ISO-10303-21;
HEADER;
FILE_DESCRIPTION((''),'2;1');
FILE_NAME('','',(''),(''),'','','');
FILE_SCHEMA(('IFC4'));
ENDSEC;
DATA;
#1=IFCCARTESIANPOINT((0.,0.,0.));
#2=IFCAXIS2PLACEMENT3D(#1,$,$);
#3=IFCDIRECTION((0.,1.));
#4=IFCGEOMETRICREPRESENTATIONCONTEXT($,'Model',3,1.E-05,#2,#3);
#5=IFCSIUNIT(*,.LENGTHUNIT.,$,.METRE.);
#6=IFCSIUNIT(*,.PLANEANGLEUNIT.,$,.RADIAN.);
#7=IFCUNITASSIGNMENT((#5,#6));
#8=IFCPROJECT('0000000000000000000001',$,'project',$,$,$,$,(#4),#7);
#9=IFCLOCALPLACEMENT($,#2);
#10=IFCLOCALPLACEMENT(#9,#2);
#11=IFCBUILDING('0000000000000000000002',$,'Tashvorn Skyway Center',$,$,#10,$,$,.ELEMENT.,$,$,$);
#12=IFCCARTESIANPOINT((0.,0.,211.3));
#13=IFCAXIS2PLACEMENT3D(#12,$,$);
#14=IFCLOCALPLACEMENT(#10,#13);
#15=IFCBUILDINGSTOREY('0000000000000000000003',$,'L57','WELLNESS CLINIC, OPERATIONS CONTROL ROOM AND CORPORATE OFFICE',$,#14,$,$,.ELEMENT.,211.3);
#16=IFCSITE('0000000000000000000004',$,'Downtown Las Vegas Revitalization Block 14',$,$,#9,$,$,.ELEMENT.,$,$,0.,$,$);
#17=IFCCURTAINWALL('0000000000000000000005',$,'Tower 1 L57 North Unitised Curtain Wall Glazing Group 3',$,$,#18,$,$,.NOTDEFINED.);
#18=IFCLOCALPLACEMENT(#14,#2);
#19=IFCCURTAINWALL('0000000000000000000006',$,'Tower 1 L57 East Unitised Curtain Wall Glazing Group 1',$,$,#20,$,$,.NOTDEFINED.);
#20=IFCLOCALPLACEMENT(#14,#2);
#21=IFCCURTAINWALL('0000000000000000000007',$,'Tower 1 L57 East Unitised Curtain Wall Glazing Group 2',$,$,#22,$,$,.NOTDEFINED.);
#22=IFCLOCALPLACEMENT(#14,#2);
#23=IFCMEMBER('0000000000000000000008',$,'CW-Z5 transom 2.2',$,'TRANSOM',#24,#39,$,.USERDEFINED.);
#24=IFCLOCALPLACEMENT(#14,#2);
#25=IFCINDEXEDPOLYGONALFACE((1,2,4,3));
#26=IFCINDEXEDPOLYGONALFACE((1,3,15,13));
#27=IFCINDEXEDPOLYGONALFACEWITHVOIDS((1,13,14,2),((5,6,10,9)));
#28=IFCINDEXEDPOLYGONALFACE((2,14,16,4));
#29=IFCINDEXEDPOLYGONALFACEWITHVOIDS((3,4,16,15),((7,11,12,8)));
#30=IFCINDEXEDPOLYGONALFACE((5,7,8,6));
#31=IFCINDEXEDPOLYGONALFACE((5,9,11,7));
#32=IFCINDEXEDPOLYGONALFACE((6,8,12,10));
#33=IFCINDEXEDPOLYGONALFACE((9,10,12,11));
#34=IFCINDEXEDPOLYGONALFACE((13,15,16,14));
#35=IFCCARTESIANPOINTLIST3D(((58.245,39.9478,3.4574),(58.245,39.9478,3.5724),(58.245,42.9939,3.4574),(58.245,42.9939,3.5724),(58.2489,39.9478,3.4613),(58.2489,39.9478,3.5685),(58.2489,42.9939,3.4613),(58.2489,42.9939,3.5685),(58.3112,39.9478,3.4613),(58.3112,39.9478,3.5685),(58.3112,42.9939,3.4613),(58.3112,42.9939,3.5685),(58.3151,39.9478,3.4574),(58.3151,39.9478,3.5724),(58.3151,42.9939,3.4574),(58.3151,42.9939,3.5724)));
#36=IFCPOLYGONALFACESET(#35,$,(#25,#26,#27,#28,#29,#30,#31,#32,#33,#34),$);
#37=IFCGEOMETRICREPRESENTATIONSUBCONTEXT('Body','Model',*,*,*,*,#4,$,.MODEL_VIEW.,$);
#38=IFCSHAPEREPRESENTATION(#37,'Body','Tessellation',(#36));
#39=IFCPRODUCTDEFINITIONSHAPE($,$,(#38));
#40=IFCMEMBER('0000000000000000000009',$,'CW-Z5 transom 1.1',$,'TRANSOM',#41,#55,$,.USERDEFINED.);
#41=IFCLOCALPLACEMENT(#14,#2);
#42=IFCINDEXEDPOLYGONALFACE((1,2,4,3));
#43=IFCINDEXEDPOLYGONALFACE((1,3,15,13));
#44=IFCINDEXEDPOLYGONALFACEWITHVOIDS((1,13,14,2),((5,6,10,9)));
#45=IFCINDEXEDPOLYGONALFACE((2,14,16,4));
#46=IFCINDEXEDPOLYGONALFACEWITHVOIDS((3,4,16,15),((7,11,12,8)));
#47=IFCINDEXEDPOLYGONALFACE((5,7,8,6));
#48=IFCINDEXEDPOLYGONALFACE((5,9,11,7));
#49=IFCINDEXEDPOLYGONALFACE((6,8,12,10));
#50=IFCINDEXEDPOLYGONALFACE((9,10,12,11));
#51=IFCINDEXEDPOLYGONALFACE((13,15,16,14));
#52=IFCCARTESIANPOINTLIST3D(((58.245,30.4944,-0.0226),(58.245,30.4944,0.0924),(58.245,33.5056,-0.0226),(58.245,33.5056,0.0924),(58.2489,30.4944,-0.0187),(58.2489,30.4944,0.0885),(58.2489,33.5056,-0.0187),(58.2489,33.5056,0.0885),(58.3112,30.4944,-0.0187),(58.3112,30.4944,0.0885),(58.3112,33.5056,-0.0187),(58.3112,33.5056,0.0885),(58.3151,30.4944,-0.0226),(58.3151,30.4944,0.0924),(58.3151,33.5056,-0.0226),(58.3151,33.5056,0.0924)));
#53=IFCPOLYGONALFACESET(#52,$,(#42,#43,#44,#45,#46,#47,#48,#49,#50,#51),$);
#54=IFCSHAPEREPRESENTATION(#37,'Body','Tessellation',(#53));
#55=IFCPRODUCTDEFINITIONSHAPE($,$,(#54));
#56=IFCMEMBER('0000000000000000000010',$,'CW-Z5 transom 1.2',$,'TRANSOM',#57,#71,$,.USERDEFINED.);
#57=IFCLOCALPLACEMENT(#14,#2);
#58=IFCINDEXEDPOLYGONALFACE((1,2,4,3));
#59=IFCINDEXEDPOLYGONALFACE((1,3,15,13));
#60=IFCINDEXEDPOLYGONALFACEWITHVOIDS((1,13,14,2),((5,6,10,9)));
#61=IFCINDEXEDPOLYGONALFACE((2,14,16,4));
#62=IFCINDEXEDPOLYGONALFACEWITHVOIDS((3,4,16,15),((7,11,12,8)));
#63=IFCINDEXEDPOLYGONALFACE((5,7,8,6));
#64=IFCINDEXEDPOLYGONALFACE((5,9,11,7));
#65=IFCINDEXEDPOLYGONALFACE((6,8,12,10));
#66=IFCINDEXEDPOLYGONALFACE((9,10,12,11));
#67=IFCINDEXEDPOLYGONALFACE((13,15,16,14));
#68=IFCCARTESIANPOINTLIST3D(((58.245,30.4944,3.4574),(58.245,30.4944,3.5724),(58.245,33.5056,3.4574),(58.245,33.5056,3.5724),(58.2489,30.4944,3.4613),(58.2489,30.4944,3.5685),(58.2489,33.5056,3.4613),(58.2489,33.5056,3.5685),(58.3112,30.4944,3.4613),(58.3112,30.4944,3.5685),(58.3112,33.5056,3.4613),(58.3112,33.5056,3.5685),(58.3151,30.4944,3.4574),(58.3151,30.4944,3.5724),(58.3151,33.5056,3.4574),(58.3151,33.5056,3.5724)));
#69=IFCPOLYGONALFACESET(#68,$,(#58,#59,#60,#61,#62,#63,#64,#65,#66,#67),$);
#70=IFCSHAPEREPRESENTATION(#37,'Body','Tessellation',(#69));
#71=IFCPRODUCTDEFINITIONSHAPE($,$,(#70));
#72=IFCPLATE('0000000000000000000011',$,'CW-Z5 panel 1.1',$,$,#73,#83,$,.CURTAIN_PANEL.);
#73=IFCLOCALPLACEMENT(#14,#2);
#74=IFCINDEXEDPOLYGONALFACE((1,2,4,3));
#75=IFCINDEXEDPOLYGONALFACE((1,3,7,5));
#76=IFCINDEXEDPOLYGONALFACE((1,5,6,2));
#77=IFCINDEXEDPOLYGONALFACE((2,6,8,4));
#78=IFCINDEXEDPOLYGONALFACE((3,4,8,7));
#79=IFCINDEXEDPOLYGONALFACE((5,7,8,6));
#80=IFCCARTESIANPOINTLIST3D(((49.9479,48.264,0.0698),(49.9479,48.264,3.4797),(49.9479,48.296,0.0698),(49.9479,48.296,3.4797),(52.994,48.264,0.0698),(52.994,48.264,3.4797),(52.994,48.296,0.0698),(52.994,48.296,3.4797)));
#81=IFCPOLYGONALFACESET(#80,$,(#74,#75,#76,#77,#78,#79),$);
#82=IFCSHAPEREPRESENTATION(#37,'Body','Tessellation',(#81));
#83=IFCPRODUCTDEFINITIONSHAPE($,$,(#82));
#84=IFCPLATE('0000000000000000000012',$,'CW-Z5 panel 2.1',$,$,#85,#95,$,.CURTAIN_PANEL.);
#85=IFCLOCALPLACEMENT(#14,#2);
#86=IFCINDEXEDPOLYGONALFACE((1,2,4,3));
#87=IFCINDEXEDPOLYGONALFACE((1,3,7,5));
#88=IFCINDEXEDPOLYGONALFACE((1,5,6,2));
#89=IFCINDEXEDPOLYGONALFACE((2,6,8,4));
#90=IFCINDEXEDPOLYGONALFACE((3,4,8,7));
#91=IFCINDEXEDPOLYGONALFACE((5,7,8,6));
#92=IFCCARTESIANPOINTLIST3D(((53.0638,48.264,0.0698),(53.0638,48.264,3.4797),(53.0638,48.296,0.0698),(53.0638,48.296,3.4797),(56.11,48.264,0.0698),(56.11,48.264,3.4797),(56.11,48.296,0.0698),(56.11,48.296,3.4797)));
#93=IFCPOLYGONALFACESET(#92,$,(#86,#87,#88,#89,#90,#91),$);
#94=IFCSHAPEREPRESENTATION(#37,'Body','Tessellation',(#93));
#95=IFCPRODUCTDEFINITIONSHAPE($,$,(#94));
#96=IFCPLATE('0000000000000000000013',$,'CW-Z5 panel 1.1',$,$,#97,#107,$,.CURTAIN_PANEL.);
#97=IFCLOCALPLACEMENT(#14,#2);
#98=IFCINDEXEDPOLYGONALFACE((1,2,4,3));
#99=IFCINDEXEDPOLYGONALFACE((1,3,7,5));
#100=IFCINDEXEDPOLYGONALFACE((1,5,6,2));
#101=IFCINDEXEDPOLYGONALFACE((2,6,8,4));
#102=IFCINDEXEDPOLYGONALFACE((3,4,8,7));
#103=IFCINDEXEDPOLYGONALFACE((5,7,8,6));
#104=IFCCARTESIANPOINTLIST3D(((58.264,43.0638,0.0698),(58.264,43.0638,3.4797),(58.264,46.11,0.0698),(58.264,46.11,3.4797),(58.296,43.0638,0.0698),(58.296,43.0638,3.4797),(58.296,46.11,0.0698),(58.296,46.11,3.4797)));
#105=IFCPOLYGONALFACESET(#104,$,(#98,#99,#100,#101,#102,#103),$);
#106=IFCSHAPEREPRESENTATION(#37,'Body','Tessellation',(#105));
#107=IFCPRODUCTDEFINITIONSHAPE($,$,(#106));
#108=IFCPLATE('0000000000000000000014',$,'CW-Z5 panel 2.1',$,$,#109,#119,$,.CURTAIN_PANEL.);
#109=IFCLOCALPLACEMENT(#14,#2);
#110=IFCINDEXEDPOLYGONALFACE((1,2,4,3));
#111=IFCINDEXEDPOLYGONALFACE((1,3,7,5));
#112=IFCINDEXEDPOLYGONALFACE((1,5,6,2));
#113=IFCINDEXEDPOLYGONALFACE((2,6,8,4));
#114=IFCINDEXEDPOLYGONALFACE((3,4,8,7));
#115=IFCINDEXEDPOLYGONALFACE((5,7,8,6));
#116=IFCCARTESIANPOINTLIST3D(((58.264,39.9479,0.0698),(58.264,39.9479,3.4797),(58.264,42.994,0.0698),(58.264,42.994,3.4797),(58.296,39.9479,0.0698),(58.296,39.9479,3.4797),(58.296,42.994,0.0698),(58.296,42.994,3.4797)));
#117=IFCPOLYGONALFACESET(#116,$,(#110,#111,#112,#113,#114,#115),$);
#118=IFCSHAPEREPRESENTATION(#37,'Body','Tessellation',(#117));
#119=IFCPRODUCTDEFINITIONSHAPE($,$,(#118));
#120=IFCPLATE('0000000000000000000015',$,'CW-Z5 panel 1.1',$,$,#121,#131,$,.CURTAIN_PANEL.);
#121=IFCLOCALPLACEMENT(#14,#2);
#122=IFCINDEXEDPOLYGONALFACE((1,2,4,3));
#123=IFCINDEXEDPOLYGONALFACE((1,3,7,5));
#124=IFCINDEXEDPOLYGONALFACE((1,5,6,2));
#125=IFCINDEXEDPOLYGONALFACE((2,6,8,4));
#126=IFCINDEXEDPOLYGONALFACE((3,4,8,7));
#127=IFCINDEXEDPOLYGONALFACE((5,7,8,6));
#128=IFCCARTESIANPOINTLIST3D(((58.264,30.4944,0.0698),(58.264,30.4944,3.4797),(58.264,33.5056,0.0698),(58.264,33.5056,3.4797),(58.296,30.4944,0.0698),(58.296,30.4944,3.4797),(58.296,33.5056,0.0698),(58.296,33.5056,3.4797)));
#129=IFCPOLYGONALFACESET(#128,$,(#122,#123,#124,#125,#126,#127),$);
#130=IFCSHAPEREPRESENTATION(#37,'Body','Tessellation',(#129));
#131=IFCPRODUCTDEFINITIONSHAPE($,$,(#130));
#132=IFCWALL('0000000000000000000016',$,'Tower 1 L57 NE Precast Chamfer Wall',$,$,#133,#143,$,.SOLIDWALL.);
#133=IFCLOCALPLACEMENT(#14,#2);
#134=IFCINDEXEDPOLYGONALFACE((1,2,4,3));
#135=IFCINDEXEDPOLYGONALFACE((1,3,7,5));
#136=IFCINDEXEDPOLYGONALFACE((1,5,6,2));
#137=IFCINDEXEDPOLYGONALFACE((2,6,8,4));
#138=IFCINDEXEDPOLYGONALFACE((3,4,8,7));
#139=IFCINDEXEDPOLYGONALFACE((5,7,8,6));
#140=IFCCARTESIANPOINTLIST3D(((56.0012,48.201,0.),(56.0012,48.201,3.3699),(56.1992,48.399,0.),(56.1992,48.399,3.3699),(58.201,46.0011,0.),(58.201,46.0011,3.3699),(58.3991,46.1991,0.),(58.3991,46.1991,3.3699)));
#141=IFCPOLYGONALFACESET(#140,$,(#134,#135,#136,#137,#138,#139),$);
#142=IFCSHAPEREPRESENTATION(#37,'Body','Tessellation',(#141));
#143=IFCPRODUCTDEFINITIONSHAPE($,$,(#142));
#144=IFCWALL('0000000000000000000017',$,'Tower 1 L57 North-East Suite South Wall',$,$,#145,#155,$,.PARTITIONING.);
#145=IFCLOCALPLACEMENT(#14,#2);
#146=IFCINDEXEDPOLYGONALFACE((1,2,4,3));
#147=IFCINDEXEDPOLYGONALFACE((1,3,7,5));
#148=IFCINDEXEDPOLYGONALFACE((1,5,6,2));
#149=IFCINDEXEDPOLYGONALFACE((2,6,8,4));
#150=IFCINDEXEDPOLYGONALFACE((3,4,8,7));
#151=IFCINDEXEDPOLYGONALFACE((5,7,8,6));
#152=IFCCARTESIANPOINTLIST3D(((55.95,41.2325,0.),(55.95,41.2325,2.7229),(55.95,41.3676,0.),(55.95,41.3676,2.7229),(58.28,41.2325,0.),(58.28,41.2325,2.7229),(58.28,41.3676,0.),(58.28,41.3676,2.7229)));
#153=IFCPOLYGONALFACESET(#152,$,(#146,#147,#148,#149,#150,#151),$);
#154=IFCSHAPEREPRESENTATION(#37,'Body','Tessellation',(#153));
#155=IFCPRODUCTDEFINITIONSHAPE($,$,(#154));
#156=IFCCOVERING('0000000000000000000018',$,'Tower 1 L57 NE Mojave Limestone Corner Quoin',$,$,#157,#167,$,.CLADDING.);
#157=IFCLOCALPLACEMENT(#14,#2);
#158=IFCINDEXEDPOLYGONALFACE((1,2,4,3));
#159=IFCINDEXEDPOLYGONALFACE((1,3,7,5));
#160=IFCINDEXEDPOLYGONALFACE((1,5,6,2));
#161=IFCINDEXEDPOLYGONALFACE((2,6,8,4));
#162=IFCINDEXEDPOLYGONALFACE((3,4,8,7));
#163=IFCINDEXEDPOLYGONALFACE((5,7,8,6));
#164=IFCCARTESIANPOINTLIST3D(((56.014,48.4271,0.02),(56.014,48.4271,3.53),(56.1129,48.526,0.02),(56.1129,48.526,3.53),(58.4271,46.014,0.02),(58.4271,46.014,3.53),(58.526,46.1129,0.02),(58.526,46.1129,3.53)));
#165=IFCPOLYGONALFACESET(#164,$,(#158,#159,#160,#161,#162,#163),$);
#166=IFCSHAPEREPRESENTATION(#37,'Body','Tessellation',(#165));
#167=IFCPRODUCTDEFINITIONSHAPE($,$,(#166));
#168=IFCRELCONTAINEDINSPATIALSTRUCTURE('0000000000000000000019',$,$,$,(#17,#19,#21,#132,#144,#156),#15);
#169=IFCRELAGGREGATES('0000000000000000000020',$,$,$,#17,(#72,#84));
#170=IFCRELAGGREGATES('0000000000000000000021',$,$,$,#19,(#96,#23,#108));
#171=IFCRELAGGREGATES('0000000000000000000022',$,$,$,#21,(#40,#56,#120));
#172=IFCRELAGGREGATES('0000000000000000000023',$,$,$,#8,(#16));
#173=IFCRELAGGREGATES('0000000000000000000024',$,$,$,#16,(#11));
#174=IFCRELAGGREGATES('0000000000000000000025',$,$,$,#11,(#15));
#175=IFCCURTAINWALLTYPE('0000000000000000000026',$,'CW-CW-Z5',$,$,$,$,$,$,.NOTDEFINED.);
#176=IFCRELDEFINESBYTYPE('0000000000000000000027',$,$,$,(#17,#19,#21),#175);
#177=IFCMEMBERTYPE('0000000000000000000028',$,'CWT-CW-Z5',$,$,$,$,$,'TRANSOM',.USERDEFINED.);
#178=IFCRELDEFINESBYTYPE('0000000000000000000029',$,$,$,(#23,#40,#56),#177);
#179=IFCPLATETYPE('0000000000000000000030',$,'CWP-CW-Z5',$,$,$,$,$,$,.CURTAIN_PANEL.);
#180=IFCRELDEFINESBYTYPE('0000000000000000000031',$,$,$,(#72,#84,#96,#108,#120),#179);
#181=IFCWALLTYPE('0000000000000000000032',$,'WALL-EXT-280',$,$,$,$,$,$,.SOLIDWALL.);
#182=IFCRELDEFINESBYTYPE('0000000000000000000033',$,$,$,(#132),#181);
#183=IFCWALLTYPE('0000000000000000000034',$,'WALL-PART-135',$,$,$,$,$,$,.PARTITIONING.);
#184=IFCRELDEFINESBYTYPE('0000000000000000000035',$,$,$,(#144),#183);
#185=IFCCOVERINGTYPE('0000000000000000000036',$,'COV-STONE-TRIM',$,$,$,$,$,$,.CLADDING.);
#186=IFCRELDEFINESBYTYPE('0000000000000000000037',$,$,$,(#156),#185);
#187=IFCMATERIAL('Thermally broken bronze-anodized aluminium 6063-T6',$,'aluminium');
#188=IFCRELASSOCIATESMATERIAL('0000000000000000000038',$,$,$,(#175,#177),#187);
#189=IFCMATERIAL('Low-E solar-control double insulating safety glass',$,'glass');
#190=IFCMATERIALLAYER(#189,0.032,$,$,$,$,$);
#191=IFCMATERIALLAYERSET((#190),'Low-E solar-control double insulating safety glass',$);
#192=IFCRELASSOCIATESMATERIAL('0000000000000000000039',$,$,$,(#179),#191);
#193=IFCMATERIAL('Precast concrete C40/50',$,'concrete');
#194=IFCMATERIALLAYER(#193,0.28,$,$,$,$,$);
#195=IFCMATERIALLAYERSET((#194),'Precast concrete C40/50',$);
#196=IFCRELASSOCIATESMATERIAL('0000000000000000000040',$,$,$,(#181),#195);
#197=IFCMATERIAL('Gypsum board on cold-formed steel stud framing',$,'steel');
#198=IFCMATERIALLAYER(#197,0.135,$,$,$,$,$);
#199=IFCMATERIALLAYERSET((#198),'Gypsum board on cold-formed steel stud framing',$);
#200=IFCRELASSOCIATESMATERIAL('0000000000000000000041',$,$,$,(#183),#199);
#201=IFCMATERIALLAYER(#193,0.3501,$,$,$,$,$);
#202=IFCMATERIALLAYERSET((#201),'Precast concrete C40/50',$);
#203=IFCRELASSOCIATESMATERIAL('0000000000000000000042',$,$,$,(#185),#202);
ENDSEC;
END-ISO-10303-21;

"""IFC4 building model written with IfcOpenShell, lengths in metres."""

from ifc_helpers import new_model, si_unit, direction, frame, frame_2d, origin, origin_2d, place, context, subcontext, project, spatial, rectangle, hollow_rectangle, extrude, material, layer, layer_set, material_profile, profile_set, type_object, element, aggregate, save


model = new_model("IFC4")

# Units and contexts
model_context = context("Model", 3, precision=1e-05, world=origin(), true_north=direction((0.0, 1.0)))
body_context = subcontext(model_context, "Body", "Model", "MODEL_VIEW")
ifc_project = project(units=[si_unit("LENGTHUNIT", "METRE"), si_unit("PLANEANGLEUNIT", "RADIAN")], contexts=[model_context])

# Site, building, storey
site_placement = place(None, origin())
site = spatial("IfcSite", under=ifc_project, at=site_placement, Name="Downtown Las Vegas Revitalization Block 14", CompositionType="ELEMENT", RefElevation=0.0)
building_placement = place(site_placement, origin())
building = spatial("IfcBuilding", under=site, at=building_placement, Name="Tashvorn Skyway Center", CompositionType="ELEMENT")
storey_placement = place(building_placement, frame((0.0, 0.0, 211.3)))
storey = spatial("IfcBuildingStorey", under=building, at=storey_placement, Name="L57", Description="WELLNESS CLINIC, OPERATIONS CONTROL ROOM AND CORPORATE OFFICE", CompositionType="ELEMENT", Elevation=211.3)

# Curtain walls
ifc_material_1 = material(Name="Thermally broken bronze-anodized aluminium 6063-T6", Category="aluminium")
curtain_wall_type = type_object("IfcCurtainWallType", Name="CW-CW-Z5", PredefinedType="NOTDEFINED", material=ifc_material_1)
curtain_wall_1_placement = place(storey_placement, origin())
curtain_wall_1 = element("IfcCurtainWall", 1, at=curtain_wall_1_placement, inside=storey, type_object=curtain_wall_type, Name="Tower 1 L57 North Unitised Curtain Wall Glazing Group 3", PredefinedType="NOTDEFINED")
curtain_wall_2_placement = place(storey_placement, origin())
curtain_wall_2 = element("IfcCurtainWall", 2, at=curtain_wall_2_placement, inside=storey, type_object=curtain_wall_type, Name="Tower 1 L57 East Unitised Curtain Wall Glazing Group 1", PredefinedType="NOTDEFINED")

# Curtain wall
curtain_wall_3_placement = place(storey_placement, origin())
curtain_wall_3 = element("IfcCurtainWall", 3, at=curtain_wall_3_placement, inside=storey, type_object=curtain_wall_type, Name="Tower 1 L57 East Unitised Curtain Wall Glazing Group 2", PredefinedType="NOTDEFINED")

# Members
ifc_material_profile_1 = material_profile(ifc_material_1, hollow_rectangle(XDim=0.0701, YDim=0.115, WallThickness=0.0039, at=origin_2d()), Name="ALU-TRAN-70x115")
ifc_profile_set_1 = profile_set([ifc_material_profile_1], Name="Thermally broken bronze-anodized aluminium 6063-T6")
member_type_1 = type_object("IfcMemberType", Name="CWT-CW-Z5", ElementType="TRANSOM", PredefinedType="USERDEFINED", material=ifc_profile_set_1)
member_1_placement = place(storey_placement, frame((58.28, 42.9939, 3.5149), z_axis=(0.0, -1.0, 0.0), x_axis=(1.0, 0.0, 0.0)))
member_1 = element("IfcMember", 4, at=member_1_placement, type_object=member_type_1, Name="CW-Z5 transom 2.2", ObjectType="TRANSOM", PredefinedType="USERDEFINED", context=body_context, shape_type="SweptSolid", body=[
    extrude(hollow_rectangle(XDim=0.0701, YDim=0.115, WallThickness=0.0039, at=origin_2d()), origin(), (0.0, 0.0, 1.0), 3.0461),
])
member_2_placement = place(storey_placement, frame((58.28, 33.5056, 0.0349), z_axis=(0.0, -1.0, 0.0), x_axis=(1.0, 0.0, 0.0)))
member_2 = element("IfcMember", 5, at=member_2_placement, type_object=member_type_1, Name="CW-Z5 transom 1.1", ObjectType="TRANSOM", PredefinedType="USERDEFINED", context=body_context, shape_type="SweptSolid", body=[
    extrude(hollow_rectangle(XDim=0.0701, YDim=0.115, WallThickness=0.0039, at=origin_2d()), origin(), (0.0, 0.0, 1.0), 3.0112),
])
member_3_placement = place(storey_placement, frame((58.28, 33.5056, 3.5149), z_axis=(0.0, -1.0, 0.0), x_axis=(1.0, 0.0, 0.0)))
member_3 = element("IfcMember", 6, at=member_3_placement, type_object=member_type_1, Name="CW-Z5 transom 1.2", ObjectType="TRANSOM", PredefinedType="USERDEFINED", context=body_context, shape_type="SweptSolid", body=[
    extrude(hollow_rectangle(XDim=0.0701, YDim=0.115, WallThickness=0.0039, at=origin_2d()), origin(), (0.0, 0.0, 1.0), 3.0112),
])

# Plates
ifc_material_2 = material(Name="Low-E solar-control double insulating safety glass", Category="glass")
ifc_layer_1 = layer(ifc_material_2, 0.032)
ifc_layer_set_1 = layer_set([ifc_layer_1], Name="Low-E solar-control double insulating safety glass")
plate_type = type_object("IfcPlateType", Name="CWP-CW-Z5", PredefinedType="CURTAIN_PANEL", material=ifc_layer_set_1)
plate_1_placement = place(storey_placement, frame((51.4709, 48.28, 0.0698), z_axis=(0.0, 0.0, 1.0), x_axis=(1.0, 0.0, 0.0)))
plate_1 = element("IfcPlate", 7, at=plate_1_placement, type_object=plate_type, Name="CW-Z5 panel 1.1", PredefinedType="CURTAIN_PANEL", context=body_context, shape_type="SweptSolid", body=[
    extrude(rectangle(XDim=3.0461, YDim=0.032, at=origin_2d()), origin(), (0.0, 0.0, 1.0), 3.4099),
])
plate_2_placement = place(storey_placement, frame((54.5869, 48.28, 0.0698), z_axis=(0.0, 0.0, 1.0), x_axis=(1.0, 0.0, 0.0)))
plate_2 = element("IfcPlate", 8, at=plate_2_placement, type_object=plate_type, Name="CW-Z5 panel 2.1", PredefinedType="CURTAIN_PANEL", context=body_context, shape_type="SweptSolid", body=[
    extrude(rectangle(XDim=3.0461, YDim=0.032, at=origin_2d()), origin(), (0.0, 0.0, 1.0), 3.4099),
])
aggregate(curtain_wall_1, [plate_1, plate_2])
plate_3_placement = place(storey_placement, frame((58.28, 44.5869, 0.0698), z_axis=(0.0, 0.0, 1.0), x_axis=(0.0, -1.0, 0.0)))
plate_3 = element("IfcPlate", 9, at=plate_3_placement, type_object=plate_type, Name="CW-Z5 panel 1.1", PredefinedType="CURTAIN_PANEL", context=body_context, shape_type="SweptSolid", body=[
    extrude(rectangle(XDim=3.0461, YDim=0.032, at=origin_2d()), origin(), (0.0, 0.0, 1.0), 3.4099),
])
plate_4_placement = place(storey_placement, frame((58.28, 41.4709, 0.0698), z_axis=(0.0, 0.0, 1.0), x_axis=(0.0, -1.0, 0.0)))
plate_4 = element("IfcPlate", 10, at=plate_4_placement, type_object=plate_type, Name="CW-Z5 panel 2.1", PredefinedType="CURTAIN_PANEL", context=body_context, shape_type="SweptSolid", body=[
    extrude(rectangle(XDim=3.0461, YDim=0.032, at=origin_2d()), origin(), (0.0, 0.0, 1.0), 3.4099),
])
aggregate(curtain_wall_2, [plate_3, member_1, plate_4])
plate_5_placement = place(storey_placement, frame((58.28, 32.0, 0.0698), z_axis=(0.0, 0.0, 1.0), x_axis=(0.0, -1.0, 0.0)))
plate_5 = element("IfcPlate", 11, at=plate_5_placement, type_object=plate_type, Name="CW-Z5 panel 1.1", PredefinedType="CURTAIN_PANEL", context=body_context, shape_type="SweptSolid", body=[
    extrude(rectangle(XDim=3.0112, YDim=0.032, at=origin_2d()), origin(), (0.0, 0.0, 1.0), 3.4099),
])
aggregate(curtain_wall_3, [member_2, member_3, plate_5])

# Walls
ifc_material_3 = material(Name="Precast concrete C40/50", Category="concrete")
ifc_layer_2 = layer(ifc_material_3, 0.28)
ifc_layer_set_2 = layer_set([ifc_layer_2], Name="Precast concrete C40/50")
wall_type_1 = type_object("IfcWallType", Name="WALL-EXT-280", PredefinedType="SOLIDWALL", material=ifc_layer_set_2)
wall_1_placement = place(storey_placement, frame((56.1001, 48.3, 0.0), z_axis=(0.0, 0.0, 1.0), x_axis=(0.707107, -0.707107, 0.0)))
element("IfcWall", 12, at=wall_1_placement, inside=storey, type_object=wall_type_1, Name="Tower 1 L57 NE Precast Chamfer Wall", PredefinedType="SOLIDWALL", context=body_context, shape_type="SweptSolid", body=[
    extrude(rectangle(XDim=3.1111, YDim=0.28, at=frame_2d((1.5557, 0.0))), origin(), (0.0, 0.0, 1.0), 3.3699),
])
ifc_material_4 = material(Name="Gypsum board on cold-formed steel stud framing", Category="steel")
ifc_layer_3 = layer(ifc_material_4, 0.135)
ifc_layer_set_3 = layer_set([ifc_layer_3], Name="Gypsum board on cold-formed steel stud framing")
wall_type_2 = type_object("IfcWallType", Name="WALL-PART-135", PredefinedType="PARTITIONING", material=ifc_layer_set_3)
wall_2_placement = place(storey_placement, frame((55.95, 41.3, 0.0), z_axis=(0.0, 0.0, 1.0), x_axis=(1.0, 0.0, 0.0)))
element("IfcWall", 13, at=wall_2_placement, inside=storey, type_object=wall_type_2, Name="Tower 1 L57 North-East Suite South Wall", PredefinedType="PARTITIONING", context=body_context, shape_type="SweptSolid", body=[
    extrude(rectangle(XDim=2.3301, YDim=0.135, at=frame_2d((1.165, 0.0))), origin(), (0.0, 0.0, 1.0), 2.7229),
])

# Covering
ifc_layer_4 = layer(ifc_material_3, 0.3501)
ifc_layer_set_4 = layer_set([ifc_layer_4], Name="Precast concrete C40/50")
covering_type = type_object("IfcCoveringType", Name="COV-STONE-TRIM", PredefinedType="CLADDING", material=ifc_layer_set_4)
covering_placement = place(storey_placement, frame((57.27, 47.27, 0.02), z_axis=(0.0, 0.0, 1.0), x_axis=(0.707107, -0.707107, 0.0)))
element("IfcCovering", 14, at=covering_placement, inside=storey, type_object=covering_type, Name="Tower 1 L57 NE Mojave Limestone Corner Quoin", PredefinedType="CLADDING", context=body_context, shape_type="SweptSolid", body=[
    extrude(rectangle(XDim=3.4126, YDim=0.1399, at=origin_2d()), origin(), (0.0, 0.0, 1.0), 3.51),
])

save(model, "model.ifc")
